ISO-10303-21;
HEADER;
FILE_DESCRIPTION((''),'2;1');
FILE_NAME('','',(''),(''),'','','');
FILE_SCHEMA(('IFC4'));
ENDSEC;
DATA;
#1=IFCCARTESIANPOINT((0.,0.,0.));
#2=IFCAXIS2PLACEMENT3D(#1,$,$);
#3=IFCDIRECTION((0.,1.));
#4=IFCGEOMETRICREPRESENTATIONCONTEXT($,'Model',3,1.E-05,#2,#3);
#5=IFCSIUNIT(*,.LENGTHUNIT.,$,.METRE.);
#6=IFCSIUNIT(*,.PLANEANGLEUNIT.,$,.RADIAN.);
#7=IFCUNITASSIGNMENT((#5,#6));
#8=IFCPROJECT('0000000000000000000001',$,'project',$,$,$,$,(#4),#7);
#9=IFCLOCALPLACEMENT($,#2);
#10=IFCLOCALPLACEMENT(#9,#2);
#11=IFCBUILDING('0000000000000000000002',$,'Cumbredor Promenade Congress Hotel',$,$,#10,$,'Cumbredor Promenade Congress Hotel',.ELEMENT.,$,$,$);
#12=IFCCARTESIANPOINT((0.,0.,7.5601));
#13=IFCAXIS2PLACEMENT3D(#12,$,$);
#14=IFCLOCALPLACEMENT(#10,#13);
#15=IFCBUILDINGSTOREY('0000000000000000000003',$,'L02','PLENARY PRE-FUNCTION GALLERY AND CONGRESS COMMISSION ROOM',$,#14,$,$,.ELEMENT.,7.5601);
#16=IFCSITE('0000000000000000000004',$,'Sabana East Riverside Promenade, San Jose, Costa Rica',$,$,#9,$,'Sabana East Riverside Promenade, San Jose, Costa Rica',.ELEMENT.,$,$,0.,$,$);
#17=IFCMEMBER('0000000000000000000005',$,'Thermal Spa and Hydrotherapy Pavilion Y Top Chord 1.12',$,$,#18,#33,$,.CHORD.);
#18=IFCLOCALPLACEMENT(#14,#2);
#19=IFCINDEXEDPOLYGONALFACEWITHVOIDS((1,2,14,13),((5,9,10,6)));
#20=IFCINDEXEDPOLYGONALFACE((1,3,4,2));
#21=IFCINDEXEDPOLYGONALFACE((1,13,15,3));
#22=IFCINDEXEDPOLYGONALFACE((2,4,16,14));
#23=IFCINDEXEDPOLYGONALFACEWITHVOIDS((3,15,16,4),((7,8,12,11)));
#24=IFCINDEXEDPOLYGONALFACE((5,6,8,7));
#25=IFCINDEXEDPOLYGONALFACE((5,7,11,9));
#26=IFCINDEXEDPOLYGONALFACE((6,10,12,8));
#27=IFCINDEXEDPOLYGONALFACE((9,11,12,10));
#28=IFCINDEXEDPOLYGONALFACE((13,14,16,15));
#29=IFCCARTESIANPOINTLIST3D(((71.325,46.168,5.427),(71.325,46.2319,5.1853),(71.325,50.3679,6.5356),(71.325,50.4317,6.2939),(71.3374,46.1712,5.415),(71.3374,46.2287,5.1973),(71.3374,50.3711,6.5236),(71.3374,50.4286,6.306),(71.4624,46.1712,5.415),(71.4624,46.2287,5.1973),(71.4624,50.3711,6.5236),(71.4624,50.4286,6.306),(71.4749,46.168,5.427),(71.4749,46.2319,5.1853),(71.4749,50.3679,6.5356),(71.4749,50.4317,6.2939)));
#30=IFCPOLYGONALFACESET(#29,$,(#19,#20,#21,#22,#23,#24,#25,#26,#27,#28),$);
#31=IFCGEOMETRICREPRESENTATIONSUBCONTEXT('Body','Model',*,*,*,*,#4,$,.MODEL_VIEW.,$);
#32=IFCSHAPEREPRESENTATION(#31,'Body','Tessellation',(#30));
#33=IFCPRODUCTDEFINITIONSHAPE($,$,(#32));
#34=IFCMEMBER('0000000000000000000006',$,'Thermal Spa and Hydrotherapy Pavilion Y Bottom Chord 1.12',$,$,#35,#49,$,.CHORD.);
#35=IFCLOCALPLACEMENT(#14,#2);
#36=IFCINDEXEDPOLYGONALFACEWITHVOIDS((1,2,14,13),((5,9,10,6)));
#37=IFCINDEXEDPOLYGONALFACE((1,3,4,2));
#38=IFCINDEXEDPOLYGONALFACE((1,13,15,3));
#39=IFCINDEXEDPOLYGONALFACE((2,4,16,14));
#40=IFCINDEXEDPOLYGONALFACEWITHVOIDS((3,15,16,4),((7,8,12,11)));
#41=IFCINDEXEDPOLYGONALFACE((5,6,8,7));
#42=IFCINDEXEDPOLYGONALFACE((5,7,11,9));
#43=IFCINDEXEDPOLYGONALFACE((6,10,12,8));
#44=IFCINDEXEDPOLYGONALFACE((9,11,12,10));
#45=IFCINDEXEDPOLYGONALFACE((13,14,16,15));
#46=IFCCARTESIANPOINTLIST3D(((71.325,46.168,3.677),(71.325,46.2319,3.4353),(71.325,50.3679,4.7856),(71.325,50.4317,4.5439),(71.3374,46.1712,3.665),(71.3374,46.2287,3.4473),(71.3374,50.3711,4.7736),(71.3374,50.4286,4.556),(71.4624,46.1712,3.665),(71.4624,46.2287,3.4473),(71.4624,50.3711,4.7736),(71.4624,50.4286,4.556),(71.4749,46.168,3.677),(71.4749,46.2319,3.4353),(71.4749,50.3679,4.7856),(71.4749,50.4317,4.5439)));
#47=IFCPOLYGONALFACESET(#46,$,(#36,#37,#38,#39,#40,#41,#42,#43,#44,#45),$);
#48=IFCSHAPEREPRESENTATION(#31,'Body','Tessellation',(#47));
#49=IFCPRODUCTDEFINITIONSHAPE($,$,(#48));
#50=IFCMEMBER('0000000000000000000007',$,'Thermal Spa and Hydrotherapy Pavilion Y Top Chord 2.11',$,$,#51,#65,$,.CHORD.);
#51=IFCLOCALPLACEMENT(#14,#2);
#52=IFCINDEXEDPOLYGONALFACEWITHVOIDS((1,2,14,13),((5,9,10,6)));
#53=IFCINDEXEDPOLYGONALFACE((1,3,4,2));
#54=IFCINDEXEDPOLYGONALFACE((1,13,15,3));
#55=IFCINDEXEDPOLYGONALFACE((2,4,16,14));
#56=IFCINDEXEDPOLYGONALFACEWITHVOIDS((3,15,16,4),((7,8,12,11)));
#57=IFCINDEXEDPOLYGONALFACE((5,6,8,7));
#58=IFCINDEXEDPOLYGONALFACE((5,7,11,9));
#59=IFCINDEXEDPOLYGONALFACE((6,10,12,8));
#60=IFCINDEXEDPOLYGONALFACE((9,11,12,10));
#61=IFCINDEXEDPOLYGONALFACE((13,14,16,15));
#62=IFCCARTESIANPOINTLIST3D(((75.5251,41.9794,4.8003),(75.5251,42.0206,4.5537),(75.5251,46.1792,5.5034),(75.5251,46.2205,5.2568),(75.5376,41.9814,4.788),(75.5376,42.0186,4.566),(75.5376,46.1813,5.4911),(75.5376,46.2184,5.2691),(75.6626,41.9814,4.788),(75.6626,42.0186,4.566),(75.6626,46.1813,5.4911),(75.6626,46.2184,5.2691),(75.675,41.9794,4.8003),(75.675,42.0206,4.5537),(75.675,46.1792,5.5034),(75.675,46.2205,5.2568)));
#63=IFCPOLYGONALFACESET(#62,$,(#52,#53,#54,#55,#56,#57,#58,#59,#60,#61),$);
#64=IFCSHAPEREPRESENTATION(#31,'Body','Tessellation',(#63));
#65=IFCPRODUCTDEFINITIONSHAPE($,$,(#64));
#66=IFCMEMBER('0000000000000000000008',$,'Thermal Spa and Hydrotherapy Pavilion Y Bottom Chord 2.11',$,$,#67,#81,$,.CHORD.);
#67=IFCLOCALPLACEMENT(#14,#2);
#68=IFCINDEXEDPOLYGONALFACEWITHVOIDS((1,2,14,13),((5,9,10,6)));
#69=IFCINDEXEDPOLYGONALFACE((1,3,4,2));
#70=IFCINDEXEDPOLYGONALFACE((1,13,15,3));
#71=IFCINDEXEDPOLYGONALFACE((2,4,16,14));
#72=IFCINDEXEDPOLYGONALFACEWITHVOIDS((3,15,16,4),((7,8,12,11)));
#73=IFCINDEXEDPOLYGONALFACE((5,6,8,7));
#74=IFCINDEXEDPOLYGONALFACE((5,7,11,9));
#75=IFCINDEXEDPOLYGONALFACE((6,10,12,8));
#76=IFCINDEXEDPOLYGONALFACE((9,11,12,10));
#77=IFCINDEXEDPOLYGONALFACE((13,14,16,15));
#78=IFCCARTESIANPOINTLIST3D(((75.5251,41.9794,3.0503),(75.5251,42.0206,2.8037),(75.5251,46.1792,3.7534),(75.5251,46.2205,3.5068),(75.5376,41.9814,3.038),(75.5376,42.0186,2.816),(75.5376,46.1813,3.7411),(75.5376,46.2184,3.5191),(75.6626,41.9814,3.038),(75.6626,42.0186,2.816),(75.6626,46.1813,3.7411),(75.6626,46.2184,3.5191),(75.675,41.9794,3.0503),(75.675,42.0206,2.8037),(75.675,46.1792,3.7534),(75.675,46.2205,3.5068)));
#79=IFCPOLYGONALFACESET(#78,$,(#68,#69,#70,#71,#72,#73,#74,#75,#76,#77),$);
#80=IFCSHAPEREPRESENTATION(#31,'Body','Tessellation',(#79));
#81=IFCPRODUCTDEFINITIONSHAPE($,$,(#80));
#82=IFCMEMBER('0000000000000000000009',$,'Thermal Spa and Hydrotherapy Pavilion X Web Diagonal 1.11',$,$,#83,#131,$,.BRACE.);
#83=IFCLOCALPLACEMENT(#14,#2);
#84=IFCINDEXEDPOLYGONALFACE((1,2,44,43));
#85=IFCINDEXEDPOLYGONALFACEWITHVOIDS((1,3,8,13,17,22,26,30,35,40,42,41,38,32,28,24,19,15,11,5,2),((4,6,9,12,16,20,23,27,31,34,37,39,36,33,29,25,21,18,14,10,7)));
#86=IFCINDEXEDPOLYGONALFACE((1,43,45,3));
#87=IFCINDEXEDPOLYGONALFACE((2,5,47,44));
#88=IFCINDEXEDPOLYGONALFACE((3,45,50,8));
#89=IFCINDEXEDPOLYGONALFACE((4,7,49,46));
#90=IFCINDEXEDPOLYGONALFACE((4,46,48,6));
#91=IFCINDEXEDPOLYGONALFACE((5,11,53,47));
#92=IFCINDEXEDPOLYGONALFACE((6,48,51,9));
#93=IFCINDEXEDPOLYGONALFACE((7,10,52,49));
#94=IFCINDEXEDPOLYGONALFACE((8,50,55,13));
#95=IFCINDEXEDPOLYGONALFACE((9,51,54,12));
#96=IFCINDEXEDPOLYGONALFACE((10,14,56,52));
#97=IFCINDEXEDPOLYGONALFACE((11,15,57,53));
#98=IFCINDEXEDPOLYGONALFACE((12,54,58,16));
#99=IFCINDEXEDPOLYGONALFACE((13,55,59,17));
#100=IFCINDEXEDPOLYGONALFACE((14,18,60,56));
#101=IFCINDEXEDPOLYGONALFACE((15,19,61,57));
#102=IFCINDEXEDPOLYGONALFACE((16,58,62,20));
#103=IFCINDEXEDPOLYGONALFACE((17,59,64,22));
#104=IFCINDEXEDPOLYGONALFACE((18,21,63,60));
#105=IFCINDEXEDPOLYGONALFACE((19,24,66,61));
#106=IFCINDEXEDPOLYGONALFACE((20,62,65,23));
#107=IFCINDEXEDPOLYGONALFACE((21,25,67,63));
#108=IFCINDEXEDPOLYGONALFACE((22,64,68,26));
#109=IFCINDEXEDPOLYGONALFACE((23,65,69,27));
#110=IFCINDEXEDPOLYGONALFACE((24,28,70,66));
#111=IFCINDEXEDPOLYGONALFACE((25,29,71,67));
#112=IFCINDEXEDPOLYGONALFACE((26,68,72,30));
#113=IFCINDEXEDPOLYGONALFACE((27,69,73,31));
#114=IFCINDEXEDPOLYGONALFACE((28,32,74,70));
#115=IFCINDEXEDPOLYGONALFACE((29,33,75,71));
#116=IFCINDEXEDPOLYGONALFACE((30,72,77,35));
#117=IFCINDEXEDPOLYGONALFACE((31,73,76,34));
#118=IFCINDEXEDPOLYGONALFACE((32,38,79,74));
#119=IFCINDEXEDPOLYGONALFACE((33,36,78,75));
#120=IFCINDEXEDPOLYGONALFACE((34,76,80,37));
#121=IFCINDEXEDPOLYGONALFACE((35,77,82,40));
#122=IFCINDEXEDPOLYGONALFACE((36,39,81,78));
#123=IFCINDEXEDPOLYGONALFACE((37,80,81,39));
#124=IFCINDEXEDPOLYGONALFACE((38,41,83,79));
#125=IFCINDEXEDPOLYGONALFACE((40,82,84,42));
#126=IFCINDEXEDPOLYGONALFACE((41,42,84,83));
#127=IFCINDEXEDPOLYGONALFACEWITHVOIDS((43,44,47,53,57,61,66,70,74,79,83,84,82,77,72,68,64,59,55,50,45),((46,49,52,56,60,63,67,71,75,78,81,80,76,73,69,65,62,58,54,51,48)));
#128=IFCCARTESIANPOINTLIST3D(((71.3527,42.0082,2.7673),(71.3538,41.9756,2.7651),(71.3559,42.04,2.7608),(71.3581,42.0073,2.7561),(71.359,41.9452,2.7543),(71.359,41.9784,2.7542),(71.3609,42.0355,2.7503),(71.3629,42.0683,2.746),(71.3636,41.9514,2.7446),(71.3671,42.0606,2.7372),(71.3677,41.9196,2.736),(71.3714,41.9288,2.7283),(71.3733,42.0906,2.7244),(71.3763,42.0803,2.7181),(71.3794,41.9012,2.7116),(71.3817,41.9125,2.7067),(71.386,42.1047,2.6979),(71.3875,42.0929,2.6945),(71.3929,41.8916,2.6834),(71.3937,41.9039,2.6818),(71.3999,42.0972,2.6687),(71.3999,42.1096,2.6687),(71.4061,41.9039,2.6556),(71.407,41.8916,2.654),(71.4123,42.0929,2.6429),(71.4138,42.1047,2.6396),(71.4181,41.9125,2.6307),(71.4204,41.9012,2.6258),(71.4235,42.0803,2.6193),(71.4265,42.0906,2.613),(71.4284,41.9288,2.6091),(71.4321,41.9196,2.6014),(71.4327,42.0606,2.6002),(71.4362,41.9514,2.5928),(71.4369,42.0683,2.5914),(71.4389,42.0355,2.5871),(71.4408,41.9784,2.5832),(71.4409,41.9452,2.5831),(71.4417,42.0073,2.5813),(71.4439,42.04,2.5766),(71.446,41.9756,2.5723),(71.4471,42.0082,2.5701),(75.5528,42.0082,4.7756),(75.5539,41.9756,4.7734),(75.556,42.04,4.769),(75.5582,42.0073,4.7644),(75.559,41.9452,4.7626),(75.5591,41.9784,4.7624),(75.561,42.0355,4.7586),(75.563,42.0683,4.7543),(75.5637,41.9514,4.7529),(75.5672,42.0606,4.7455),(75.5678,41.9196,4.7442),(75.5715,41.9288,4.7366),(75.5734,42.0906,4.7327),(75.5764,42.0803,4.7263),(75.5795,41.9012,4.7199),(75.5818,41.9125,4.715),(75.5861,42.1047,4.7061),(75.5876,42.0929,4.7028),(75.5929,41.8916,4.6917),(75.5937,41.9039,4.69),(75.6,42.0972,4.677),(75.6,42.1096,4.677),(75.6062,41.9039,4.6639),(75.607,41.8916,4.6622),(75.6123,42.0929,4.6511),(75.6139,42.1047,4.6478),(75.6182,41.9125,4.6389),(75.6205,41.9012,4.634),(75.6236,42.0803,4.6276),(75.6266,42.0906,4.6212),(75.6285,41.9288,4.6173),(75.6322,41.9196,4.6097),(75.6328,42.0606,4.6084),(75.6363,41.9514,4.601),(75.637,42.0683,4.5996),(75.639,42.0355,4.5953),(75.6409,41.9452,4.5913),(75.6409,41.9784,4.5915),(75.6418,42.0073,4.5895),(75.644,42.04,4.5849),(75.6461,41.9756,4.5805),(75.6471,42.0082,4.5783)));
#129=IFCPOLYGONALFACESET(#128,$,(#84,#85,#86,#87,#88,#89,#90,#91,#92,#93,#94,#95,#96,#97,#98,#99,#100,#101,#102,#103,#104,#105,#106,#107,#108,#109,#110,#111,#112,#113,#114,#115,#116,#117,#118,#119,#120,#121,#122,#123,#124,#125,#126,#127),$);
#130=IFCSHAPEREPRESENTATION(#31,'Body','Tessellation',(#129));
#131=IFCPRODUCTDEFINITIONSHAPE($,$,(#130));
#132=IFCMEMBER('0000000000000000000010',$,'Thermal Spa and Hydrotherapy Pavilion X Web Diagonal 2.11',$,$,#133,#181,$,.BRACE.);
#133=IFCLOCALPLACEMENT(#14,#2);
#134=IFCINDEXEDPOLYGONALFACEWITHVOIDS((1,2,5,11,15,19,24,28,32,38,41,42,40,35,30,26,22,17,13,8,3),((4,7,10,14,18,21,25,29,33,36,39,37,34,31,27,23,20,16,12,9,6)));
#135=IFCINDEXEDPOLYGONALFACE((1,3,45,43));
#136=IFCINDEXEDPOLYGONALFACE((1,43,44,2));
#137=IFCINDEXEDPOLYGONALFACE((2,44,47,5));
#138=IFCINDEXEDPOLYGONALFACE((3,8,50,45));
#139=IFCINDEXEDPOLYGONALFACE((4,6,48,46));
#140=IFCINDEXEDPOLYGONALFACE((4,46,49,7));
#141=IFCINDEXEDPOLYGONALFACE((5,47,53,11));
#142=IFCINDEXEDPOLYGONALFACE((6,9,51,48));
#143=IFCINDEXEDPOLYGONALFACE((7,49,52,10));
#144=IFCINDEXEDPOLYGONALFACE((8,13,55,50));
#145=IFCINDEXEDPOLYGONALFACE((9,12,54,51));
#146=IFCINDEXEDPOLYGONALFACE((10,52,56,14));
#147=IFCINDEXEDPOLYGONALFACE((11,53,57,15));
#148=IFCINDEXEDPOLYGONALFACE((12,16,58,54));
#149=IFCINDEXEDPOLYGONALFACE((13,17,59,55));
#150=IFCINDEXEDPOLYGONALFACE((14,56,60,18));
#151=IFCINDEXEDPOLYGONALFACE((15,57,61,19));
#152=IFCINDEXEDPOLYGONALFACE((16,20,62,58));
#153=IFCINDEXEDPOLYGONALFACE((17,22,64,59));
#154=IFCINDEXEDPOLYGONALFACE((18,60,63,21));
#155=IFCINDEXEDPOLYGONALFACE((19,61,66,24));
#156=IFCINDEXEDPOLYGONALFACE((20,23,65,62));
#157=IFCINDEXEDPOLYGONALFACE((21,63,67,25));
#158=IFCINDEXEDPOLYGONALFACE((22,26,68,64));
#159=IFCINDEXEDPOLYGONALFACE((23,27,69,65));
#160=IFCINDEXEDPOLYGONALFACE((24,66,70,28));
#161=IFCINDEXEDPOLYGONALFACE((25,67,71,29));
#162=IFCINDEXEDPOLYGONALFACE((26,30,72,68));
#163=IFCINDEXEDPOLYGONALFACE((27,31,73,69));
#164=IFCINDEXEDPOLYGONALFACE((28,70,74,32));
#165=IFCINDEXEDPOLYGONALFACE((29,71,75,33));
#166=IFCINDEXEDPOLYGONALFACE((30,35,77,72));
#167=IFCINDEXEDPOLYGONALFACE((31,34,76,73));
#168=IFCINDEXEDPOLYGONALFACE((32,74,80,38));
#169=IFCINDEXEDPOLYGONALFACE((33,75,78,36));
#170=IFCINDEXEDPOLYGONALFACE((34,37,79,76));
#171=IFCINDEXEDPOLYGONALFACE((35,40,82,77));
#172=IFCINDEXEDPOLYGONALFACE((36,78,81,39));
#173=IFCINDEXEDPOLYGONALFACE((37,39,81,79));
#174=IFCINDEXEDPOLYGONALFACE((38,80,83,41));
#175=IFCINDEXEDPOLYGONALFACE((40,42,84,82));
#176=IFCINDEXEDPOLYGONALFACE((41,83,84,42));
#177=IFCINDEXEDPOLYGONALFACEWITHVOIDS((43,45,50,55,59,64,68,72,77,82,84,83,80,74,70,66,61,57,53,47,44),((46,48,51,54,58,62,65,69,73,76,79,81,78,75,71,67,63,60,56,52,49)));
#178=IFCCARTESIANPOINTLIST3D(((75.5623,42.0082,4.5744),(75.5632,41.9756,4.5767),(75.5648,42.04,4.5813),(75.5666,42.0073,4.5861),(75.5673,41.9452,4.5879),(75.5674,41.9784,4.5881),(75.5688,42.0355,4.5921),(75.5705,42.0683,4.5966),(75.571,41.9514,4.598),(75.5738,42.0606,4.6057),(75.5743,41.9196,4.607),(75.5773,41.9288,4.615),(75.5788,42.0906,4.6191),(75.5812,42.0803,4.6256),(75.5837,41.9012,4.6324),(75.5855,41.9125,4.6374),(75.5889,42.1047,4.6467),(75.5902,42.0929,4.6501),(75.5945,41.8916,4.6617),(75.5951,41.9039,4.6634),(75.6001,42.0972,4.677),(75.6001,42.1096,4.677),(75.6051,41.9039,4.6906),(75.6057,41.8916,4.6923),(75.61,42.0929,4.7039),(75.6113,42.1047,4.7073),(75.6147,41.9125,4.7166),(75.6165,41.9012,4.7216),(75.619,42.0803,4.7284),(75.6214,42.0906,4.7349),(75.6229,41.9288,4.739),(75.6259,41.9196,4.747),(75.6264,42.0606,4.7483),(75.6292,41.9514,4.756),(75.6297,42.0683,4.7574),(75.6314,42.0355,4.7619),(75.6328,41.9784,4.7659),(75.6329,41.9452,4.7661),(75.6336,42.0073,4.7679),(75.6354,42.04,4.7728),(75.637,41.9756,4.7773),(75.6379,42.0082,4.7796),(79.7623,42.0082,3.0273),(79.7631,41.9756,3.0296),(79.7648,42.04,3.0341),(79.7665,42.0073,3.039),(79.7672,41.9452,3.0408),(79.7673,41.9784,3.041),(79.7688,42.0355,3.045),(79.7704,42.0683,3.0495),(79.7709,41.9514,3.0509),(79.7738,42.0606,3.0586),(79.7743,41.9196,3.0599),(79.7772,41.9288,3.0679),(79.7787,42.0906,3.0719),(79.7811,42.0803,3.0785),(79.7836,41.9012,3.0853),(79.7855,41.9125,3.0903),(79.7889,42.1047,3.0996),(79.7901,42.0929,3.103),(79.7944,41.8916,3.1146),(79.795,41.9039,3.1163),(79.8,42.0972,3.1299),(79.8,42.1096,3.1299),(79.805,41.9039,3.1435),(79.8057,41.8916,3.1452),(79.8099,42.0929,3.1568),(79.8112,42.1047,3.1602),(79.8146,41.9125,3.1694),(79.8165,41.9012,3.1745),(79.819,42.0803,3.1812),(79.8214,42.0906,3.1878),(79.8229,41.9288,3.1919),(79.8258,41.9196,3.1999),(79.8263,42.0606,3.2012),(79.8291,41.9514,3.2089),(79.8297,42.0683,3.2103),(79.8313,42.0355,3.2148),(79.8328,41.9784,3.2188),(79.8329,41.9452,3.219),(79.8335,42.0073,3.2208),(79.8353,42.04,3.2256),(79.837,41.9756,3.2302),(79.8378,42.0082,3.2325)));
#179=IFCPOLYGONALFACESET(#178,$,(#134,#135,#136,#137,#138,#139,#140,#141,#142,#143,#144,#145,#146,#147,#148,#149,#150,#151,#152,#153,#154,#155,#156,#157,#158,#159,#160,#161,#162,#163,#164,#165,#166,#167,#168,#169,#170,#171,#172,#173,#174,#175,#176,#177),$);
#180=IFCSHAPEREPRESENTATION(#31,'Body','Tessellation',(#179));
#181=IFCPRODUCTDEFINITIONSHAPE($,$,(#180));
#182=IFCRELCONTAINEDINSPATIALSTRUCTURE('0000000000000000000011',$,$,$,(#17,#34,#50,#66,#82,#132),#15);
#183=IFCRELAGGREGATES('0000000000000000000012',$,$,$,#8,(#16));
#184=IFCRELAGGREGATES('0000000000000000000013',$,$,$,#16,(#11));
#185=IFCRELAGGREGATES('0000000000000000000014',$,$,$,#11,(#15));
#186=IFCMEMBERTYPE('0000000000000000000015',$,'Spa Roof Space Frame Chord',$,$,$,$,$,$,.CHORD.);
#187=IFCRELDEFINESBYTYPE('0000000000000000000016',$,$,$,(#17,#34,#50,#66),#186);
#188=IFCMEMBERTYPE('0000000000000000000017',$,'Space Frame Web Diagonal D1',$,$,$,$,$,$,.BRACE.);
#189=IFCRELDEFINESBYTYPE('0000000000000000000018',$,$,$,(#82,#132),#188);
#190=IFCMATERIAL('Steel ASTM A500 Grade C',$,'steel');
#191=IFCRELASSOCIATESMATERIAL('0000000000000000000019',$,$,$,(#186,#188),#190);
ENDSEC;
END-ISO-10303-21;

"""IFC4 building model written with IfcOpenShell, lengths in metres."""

from ifc_helpers import new_model, si_unit, direction, frame, origin, origin_2d, place, context, subcontext, project, spatial, hollow_rectangle, hollow_circle, extrude, material, material_profile, profile_set, type_object, element, save


model = new_model("IFC4")

# Units and contexts
model_context = context("Model", 3, precision=1e-05, world=origin(), true_north=direction((0.0, 1.0)))
body_context = subcontext(model_context, "Body", "Model", "MODEL_VIEW")
ifc_project = project(units=[si_unit("LENGTHUNIT", "METRE"), si_unit("PLANEANGLEUNIT", "RADIAN")], contexts=[model_context])

# Site, building, storey
site_placement = place(None, origin())
site = spatial("IfcSite", under=ifc_project, at=site_placement, Name="Sabana East Riverside Promenade, San Jose, Costa Rica", LongName="Sabana East Riverside Promenade, San Jose, Costa Rica", CompositionType="ELEMENT", RefElevation=0.0)
building_placement = place(site_placement, origin())
building = spatial("IfcBuilding", under=site, at=building_placement, Name="Cumbredor Promenade Congress Hotel", LongName="Cumbredor Promenade Congress Hotel", CompositionType="ELEMENT")
storey_placement = place(building_placement, frame((0.0, 0.0, 7.5601)))
storey = spatial("IfcBuildingStorey", under=building, at=storey_placement, Name="L02", Description="PLENARY PRE-FUNCTION GALLERY AND CONGRESS COMMISSION ROOM", CompositionType="ELEMENT", Elevation=7.5601)

# Members
ifc_material_1 = material(Name="Steel ASTM A500 Grade C", Category="steel")
ifc_material_profile_1 = material_profile(ifc_material_1, hollow_rectangle(XDim=0.1499, YDim=0.25, WallThickness=0.0125, at=origin_2d()), Name="HSS 250x150x12.5")
ifc_profile_set_1 = profile_set([ifc_material_profile_1], Name="Steel ASTM A500 Grade C")
member_type_1 = type_object("IfcMemberType", Name="Spa Roof Space Frame Chord", PredefinedType="CHORD", material=ifc_profile_set_1)
for number, where, z_axis, x_axis, name in (
    (1, (71.3999, 46.2, 5.3062), (0.0, 0.966882, 0.255224), (-1.0, 0.0, 0.0), "Thermal Spa and Hydrotherapy Pavilion Y Top Chord 1.12"),
    (2, (71.3999, 46.2, 3.5562), (0.0, 0.966882, 0.255224), (-1.0, 0.0, 0.0), "Thermal Spa and Hydrotherapy Pavilion Y Bottom Chord 1.12"),
):
    element("IfcMember", number, at=place(storey_placement, frame(where, z_axis=z_axis, x_axis=x_axis)), inside=storey, type_object=member_type_1, Name=name, PredefinedType="CHORD", context=body_context, shape_type="SweptSolid", body=[
        extrude(hollow_rectangle(XDim=0.1499, YDim=0.25, WallThickness=0.0125, at=origin_2d()), origin(), (0.0, 0.0, 1.0), 4.3438),
    ])
for number, where, z_axis, x_axis, name in (
    (3, (75.6001, 42.0, 4.677), (0.0, 0.986274, 0.165115), (-1.0, 0.0, 0.0), "Thermal Spa and Hydrotherapy Pavilion Y Top Chord 2.11"),
    (4, (75.6001, 42.0, 2.927), (0.0, 0.986274, 0.165115), (-1.0, 0.0, 0.0), "Thermal Spa and Hydrotherapy Pavilion Y Bottom Chord 2.11"),
):
    element("IfcMember", number, at=place(storey_placement, frame(where, z_axis=z_axis, x_axis=x_axis)), inside=storey, type_object=member_type_1, Name=name, PredefinedType="CHORD", context=body_context, shape_type="SweptSolid", body=[
        extrude(hollow_rectangle(XDim=0.1499, YDim=0.25, WallThickness=0.0125, at=origin_2d()), origin(), (0.0, 0.0, 1.0), 4.2583),
    ])
ifc_material_profile_2 = material_profile(ifc_material_1, hollow_circle(Radius=0.1096, WallThickness=0.0125, at=origin_2d()), Name="CHS 219.1x12.5")
ifc_profile_set_2 = profile_set([ifc_material_profile_2], Name="Steel ASTM A500 Grade C")
member_type_2 = type_object("IfcMemberType", Name="Space Frame Web Diagonal D1", PredefinedType="BRACE", material=ifc_profile_set_2)
member_1_placement = place(storey_placement, frame((71.3999, 42.0, 2.6687), z_axis=(0.902175, 0.0, 0.43137), x_axis=(0.0, 1.0, 0.0)))
element("IfcMember", 5, at=member_1_placement, inside=storey, type_object=member_type_2, Name="Thermal Spa and Hydrotherapy Pavilion X Web Diagonal 1.11", PredefinedType="BRACE", context=body_context, shape_type="SweptSolid", body=[
    extrude(hollow_circle(Radius=0.1096, WallThickness=0.0125, at=origin_2d()), origin(), (0.0, 0.0, 1.0), 4.6555),
])
member_2_placement = place(storey_placement, frame((75.6001, 42.0, 4.677), z_axis=(0.93836, 0.0, -0.34566), x_axis=(0.0, 1.0, 0.0)))
element("IfcMember", 6, at=member_2_placement, inside=storey, type_object=member_type_2, Name="Thermal Spa and Hydrotherapy Pavilion X Web Diagonal 2.11", PredefinedType="BRACE", context=body_context, shape_type="SweptSolid", body=[
    extrude(hollow_circle(Radius=0.1096, WallThickness=0.0125, at=origin_2d()), origin(), (0.0, 0.0, 1.0), 4.4758),
])

save(model, "model.ifc")
